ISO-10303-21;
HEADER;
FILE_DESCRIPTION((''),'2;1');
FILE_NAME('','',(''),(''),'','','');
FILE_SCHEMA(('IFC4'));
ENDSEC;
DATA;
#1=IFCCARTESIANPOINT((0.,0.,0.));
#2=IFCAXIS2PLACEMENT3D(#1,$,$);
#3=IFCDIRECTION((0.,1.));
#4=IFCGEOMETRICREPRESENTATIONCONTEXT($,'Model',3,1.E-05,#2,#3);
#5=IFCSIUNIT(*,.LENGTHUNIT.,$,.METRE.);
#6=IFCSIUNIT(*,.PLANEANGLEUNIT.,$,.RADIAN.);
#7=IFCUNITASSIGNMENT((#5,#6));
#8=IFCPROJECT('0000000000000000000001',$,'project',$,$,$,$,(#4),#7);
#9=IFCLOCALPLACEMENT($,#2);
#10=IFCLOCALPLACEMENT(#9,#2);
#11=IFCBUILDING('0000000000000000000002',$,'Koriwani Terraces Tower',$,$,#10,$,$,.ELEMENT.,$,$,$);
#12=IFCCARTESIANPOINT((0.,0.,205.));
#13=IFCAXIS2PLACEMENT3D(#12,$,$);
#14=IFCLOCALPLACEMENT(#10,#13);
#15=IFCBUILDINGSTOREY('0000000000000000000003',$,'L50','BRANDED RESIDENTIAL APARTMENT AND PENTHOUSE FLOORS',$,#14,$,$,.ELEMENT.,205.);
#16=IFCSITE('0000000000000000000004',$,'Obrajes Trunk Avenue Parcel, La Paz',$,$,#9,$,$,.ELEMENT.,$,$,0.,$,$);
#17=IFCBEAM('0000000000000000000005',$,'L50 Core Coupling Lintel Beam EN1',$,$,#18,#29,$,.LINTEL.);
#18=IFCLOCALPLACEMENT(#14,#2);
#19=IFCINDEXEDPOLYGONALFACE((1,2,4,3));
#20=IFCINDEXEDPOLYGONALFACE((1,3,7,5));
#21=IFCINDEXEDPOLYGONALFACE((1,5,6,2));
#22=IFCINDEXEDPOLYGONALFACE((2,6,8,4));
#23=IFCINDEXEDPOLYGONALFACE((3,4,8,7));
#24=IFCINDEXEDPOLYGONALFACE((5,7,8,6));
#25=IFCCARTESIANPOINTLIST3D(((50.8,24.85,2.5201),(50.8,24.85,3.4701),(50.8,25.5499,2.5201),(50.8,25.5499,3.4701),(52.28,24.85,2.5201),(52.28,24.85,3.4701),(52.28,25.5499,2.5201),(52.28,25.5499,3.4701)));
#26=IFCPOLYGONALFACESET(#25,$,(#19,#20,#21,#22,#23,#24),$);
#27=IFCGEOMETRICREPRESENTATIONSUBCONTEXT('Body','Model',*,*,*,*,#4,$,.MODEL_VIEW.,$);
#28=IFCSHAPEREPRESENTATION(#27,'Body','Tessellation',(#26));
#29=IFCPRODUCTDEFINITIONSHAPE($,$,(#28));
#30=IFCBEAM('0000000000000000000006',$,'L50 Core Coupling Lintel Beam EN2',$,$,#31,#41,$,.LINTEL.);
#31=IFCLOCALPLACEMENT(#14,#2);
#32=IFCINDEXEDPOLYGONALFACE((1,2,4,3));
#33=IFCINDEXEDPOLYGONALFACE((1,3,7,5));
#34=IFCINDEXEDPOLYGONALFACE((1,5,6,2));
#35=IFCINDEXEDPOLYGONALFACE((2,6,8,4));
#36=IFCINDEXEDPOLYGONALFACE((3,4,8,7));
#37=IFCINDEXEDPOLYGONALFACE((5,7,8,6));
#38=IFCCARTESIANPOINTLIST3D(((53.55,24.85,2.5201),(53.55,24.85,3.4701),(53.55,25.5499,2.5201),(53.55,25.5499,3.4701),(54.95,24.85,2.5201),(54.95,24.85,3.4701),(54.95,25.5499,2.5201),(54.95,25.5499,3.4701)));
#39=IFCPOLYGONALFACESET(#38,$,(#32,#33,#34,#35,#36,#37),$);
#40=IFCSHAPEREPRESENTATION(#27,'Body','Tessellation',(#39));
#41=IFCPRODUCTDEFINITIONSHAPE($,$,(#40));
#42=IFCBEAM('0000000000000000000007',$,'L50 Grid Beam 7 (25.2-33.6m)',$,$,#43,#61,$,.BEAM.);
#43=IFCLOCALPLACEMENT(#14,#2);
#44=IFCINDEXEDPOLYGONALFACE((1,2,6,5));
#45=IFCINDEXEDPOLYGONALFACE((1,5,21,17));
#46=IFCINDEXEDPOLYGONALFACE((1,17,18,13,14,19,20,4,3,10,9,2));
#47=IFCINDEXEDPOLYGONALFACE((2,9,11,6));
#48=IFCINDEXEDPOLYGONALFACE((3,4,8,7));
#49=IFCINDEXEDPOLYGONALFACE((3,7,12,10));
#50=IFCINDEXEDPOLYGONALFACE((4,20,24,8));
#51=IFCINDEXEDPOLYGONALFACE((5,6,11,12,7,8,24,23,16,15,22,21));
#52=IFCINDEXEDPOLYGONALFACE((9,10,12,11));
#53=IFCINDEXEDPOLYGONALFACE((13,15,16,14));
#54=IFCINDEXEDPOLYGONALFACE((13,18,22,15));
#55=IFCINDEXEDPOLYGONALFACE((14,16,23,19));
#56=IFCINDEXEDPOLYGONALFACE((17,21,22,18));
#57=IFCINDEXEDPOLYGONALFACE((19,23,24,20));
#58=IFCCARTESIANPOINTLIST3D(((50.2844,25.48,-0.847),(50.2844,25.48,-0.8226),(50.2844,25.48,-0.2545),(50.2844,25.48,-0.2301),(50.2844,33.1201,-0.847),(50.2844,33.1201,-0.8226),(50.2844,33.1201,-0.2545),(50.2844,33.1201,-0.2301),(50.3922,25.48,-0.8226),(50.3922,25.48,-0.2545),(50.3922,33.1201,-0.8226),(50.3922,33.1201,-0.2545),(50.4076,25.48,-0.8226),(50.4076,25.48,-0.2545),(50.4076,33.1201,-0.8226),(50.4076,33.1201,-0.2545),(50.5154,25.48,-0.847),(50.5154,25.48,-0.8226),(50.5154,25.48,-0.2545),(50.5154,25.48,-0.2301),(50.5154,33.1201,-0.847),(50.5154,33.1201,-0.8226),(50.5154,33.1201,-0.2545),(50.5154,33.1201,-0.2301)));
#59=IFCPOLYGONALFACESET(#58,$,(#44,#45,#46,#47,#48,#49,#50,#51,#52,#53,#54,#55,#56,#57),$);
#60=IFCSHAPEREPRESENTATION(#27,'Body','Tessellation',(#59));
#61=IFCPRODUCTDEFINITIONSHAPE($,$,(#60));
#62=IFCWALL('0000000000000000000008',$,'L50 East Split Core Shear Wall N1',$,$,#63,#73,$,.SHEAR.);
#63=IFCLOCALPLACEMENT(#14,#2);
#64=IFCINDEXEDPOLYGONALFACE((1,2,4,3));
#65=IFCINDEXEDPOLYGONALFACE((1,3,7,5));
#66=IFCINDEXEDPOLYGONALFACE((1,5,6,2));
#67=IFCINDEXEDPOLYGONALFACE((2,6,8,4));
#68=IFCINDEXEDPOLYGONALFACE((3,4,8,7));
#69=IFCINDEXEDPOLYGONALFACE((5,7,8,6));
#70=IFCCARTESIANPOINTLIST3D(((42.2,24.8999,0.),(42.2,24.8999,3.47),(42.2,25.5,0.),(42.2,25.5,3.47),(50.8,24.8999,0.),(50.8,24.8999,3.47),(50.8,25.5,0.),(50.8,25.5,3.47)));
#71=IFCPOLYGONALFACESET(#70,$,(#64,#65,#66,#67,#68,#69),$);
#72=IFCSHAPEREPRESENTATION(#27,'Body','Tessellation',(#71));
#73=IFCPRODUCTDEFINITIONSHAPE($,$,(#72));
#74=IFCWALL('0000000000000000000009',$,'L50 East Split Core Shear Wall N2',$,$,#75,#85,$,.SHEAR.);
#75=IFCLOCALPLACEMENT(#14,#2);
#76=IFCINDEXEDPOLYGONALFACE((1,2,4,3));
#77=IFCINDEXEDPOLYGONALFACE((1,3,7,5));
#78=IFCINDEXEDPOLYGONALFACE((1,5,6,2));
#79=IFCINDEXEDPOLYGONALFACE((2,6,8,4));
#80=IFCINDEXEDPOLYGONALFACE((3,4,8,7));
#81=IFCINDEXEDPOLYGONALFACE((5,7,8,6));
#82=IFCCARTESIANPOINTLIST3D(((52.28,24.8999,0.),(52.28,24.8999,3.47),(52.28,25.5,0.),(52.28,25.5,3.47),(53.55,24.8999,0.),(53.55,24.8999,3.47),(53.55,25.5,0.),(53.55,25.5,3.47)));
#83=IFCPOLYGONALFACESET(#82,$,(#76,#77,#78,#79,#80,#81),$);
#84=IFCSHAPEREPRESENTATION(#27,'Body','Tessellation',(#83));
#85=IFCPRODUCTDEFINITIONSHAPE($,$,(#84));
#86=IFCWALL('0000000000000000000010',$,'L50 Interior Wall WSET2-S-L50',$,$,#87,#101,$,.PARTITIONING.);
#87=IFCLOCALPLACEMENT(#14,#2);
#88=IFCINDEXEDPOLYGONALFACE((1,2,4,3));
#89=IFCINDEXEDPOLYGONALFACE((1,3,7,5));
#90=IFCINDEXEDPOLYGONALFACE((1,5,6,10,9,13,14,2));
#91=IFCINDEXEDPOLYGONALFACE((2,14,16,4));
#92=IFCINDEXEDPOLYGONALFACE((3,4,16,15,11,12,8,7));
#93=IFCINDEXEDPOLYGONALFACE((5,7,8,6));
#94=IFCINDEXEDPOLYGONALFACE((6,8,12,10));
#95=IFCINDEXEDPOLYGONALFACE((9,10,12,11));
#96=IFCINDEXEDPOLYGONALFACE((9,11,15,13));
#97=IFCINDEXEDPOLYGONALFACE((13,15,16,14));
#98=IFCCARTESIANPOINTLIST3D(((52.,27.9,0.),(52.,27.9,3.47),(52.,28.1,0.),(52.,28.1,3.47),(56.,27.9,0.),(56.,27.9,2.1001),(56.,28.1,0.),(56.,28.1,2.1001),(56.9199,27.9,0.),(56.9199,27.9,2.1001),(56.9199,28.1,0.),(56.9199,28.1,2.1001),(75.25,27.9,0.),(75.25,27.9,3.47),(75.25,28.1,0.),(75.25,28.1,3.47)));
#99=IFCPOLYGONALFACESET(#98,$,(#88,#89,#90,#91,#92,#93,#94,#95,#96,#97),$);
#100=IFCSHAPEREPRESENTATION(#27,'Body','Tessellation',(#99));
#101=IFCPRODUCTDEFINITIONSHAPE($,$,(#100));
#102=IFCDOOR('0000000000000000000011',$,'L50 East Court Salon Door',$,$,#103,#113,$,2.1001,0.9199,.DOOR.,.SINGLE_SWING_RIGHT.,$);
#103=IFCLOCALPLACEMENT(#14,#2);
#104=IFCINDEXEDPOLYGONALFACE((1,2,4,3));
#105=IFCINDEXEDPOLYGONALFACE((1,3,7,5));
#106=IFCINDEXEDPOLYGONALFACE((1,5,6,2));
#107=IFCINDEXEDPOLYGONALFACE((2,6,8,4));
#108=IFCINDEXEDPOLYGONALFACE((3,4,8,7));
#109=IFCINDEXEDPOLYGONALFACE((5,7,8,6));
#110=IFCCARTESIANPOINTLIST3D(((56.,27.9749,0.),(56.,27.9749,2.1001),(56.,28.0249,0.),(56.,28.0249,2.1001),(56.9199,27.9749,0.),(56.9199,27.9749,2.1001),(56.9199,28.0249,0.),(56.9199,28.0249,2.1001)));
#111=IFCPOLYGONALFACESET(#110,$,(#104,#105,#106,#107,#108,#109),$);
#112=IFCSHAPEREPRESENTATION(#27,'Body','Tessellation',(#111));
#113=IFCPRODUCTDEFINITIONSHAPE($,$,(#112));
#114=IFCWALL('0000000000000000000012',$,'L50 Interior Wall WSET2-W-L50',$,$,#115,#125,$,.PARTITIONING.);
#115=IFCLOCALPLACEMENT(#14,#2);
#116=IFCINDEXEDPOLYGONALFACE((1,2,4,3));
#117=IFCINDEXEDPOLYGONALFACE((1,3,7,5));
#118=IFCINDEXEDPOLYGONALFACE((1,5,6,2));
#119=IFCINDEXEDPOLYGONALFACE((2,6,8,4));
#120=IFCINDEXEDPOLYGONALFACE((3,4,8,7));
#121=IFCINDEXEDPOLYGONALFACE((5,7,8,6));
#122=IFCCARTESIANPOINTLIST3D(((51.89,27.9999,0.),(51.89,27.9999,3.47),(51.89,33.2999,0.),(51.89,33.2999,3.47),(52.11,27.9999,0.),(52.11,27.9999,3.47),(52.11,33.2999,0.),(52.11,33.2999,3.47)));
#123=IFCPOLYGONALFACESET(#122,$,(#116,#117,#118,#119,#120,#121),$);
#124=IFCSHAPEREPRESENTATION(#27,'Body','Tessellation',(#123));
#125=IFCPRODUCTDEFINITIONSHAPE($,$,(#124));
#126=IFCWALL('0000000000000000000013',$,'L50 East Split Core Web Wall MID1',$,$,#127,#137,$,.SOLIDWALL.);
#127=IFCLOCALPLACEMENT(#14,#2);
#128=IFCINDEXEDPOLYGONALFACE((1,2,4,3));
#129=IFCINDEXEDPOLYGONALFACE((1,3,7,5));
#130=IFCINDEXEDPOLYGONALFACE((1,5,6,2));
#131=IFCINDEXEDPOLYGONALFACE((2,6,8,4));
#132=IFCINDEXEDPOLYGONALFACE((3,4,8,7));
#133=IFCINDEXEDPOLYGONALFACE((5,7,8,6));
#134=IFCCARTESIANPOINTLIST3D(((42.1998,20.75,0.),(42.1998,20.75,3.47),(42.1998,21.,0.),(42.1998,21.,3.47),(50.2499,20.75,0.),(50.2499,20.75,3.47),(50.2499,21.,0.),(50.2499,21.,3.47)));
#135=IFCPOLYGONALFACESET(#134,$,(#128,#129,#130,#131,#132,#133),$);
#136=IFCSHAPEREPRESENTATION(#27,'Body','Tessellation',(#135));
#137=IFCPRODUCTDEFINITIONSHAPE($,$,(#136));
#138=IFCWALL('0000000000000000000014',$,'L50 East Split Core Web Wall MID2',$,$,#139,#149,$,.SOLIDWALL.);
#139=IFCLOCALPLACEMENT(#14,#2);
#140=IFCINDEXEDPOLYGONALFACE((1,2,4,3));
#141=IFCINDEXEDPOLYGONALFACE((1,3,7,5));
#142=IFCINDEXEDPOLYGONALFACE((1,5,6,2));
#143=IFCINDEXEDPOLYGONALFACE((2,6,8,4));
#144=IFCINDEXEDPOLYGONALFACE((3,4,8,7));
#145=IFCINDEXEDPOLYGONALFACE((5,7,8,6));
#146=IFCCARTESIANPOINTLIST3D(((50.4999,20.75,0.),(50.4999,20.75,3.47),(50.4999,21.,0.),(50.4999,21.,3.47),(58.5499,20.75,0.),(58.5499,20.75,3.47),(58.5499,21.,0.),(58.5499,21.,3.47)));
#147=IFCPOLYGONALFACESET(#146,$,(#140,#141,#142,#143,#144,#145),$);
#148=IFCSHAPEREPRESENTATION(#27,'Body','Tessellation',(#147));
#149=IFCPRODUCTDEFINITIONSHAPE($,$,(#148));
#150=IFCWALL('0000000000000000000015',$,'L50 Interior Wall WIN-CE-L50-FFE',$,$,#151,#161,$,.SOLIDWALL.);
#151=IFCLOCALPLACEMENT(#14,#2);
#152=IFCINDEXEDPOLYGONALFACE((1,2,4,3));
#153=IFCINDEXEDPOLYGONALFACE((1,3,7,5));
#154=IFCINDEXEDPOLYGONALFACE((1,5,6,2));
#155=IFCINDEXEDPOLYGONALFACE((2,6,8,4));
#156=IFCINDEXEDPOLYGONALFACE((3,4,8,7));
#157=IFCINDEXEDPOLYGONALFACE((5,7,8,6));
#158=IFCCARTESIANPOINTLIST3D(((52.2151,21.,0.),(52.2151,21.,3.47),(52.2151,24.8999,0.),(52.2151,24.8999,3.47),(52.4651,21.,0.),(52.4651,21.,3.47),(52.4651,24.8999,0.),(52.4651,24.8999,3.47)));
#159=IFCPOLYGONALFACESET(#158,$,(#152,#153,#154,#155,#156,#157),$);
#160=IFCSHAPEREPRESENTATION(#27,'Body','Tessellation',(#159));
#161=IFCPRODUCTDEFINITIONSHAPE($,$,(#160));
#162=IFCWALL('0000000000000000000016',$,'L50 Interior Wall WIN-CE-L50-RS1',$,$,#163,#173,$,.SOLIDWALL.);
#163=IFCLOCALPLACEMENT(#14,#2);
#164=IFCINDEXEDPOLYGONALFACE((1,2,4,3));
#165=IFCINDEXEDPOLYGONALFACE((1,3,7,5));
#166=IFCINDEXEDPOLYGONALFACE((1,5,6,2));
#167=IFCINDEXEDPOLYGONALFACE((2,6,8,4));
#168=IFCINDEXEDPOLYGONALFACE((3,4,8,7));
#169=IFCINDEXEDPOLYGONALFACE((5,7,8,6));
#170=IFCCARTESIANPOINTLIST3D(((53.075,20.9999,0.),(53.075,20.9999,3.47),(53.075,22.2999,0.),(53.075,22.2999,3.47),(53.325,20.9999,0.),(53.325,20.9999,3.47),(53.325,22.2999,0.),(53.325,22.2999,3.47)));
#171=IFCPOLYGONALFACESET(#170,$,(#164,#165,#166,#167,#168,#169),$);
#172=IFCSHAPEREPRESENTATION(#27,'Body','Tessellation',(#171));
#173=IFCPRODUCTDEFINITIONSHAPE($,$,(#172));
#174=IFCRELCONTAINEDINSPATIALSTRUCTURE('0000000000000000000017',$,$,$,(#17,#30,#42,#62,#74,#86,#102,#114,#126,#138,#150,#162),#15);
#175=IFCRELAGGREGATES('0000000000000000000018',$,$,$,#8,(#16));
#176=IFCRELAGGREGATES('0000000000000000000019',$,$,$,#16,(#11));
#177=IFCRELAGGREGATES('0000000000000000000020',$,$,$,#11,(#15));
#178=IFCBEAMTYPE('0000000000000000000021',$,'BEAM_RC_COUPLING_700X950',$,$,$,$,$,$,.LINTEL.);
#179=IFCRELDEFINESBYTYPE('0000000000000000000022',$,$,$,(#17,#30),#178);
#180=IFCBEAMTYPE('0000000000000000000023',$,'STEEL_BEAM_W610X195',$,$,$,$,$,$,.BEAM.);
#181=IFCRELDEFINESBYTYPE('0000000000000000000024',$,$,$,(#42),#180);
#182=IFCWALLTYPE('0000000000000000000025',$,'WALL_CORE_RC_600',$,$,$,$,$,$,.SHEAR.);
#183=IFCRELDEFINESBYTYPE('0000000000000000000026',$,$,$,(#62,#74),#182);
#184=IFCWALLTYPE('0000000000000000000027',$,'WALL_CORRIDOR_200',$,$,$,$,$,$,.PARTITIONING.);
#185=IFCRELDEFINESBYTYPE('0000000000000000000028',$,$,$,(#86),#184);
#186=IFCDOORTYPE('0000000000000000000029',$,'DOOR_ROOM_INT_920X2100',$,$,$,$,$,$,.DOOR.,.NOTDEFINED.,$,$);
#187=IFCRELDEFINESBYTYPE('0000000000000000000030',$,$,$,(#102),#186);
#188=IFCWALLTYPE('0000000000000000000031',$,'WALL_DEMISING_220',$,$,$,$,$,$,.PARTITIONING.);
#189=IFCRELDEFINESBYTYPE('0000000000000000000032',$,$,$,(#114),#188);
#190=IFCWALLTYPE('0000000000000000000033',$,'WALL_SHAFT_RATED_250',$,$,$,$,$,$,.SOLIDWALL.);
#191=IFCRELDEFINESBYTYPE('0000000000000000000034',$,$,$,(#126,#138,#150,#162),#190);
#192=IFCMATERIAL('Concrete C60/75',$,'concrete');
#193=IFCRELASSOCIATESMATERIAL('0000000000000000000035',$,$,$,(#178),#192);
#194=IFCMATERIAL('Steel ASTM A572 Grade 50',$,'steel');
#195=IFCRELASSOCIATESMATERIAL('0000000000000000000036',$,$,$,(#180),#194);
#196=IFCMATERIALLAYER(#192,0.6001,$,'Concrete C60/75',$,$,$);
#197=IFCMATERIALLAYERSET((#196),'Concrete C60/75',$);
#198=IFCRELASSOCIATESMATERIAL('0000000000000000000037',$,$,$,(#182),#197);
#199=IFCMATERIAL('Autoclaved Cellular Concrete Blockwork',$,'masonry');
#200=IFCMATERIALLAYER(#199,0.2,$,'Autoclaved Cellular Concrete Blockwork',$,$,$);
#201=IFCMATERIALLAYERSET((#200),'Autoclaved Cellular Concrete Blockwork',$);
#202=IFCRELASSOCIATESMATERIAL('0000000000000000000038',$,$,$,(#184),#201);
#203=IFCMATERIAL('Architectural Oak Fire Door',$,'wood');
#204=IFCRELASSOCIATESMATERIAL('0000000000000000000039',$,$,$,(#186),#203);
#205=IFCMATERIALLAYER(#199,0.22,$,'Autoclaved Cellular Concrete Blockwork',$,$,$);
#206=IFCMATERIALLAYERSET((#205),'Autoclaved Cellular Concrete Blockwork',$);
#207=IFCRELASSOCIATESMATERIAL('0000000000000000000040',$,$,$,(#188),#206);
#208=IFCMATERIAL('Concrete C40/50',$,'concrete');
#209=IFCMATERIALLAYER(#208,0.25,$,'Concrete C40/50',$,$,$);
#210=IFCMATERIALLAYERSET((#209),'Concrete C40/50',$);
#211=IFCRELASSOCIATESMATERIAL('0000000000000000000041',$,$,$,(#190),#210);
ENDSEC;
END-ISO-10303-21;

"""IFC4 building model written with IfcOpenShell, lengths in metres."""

from ifc_helpers import new_model, si_unit, direction, frame, frame_2d, origin, origin_2d, place, context, subcontext, project, spatial, rectangle, i_section, extrude, material, layer, layer_set, material_profile, profile_set, type_object, element, fill, save


model = new_model("IFC4")

# Units and contexts
model_context = context("Model", 3, precision=1e-05, world=origin(), true_north=direction((0.0, 1.0)))
body_context = subcontext(model_context, "Body", "Model", "MODEL_VIEW")
ifc_project = project(units=[si_unit("LENGTHUNIT", "METRE"), si_unit("PLANEANGLEUNIT", "RADIAN")], contexts=[model_context])

# Site, building, storey
site_placement = place(None, origin())
site = spatial("IfcSite", under=ifc_project, at=site_placement, Name="Obrajes Trunk Avenue Parcel, La Paz", CompositionType="ELEMENT", RefElevation=0.0)
building_placement = place(site_placement, origin())
building = spatial("IfcBuilding", under=site, at=building_placement, Name="Koriwani Terraces Tower", CompositionType="ELEMENT")
storey_placement = place(building_placement, frame((0.0, 0.0, 205.0)))
storey = spatial("IfcBuildingStorey", under=building, at=storey_placement, Name="L50", Description="BRANDED RESIDENTIAL APARTMENT AND PENTHOUSE FLOORS", CompositionType="ELEMENT", Elevation=205.0)

# Beams
ifc_material_1 = material(Name="Concrete C60/75", Category="concrete")
ifc_material_profile_1 = material_profile(ifc_material_1, rectangle(XDim=0.7, YDim=0.95, at=origin_2d()), Name="Concrete C60/75", Category="LoadBearing")
ifc_profile_set_1 = profile_set([ifc_material_profile_1], Name="Concrete C60/75")
beam_type_1 = type_object("IfcBeamType", Name="BEAM_RC_COUPLING_700X950", PredefinedType="LINTEL", material=ifc_profile_set_1)
beam_1_placement = place(storey_placement, frame((50.8, 25.2, 2.9951), z_axis=(1.0, 0.0, 0.0), x_axis=(0.0, 1.0, 0.0)))
element("IfcBeam", 1, at=beam_1_placement, inside=storey, type_object=beam_type_1, Name="L50 Core Coupling Lintel Beam EN1", PredefinedType="LINTEL", context=body_context, shape_type="SweptSolid", body=[
    extrude(rectangle(XDim=0.7, YDim=0.95, at=origin_2d()), origin(), (0.0, 0.0, 1.0), 1.48),
])
beam_2_placement = place(storey_placement, frame((53.55, 25.2, 2.9951), z_axis=(1.0, 0.0, 0.0), x_axis=(0.0, 1.0, 0.0)))
element("IfcBeam", 2, at=beam_2_placement, inside=storey, type_object=beam_type_1, Name="L50 Core Coupling Lintel Beam EN2", PredefinedType="LINTEL", context=body_context, shape_type="SweptSolid", body=[
    extrude(rectangle(XDim=0.7, YDim=0.95, at=origin_2d()), origin(), (0.0, 0.0, 1.0), 1.3999),
])
ifc_material_2 = material(Name="Steel ASTM A572 Grade 50", Category="steel")
ifc_material_profile_2 = material_profile(ifc_material_2, i_section(OverallWidth=0.231, OverallDepth=0.6169, WebThickness=0.0154, FlangeThickness=0.0244, at=origin_2d()), Name="Steel ASTM A572 Grade 50", Category="LoadBearing")
ifc_profile_set_2 = profile_set([ifc_material_profile_2], Name="Steel ASTM A572 Grade 50")
beam_type_2 = type_object("IfcBeamType", Name="STEEL_BEAM_W610X195", PredefinedType="BEAM", material=ifc_profile_set_2)
beam_3_placement = place(storey_placement, frame((50.3999, 25.48, -0.5386), z_axis=(0.0, 1.0, 0.0), x_axis=(-1.0, 0.0, 0.0)))
element("IfcBeam", 3, at=beam_3_placement, inside=storey, type_object=beam_type_2, Name="L50 Grid Beam 7 (25.2-33.6m)", PredefinedType="BEAM", context=body_context, shape_type="SweptSolid", body=[
    extrude(i_section(OverallWidth=0.231, OverallDepth=0.6169, WebThickness=0.0154, FlangeThickness=0.0244, at=origin_2d()), origin(), (0.0, 0.0, 1.0), 7.6401),
])

# Walls
ifc_layer_1 = layer(ifc_material_1, 0.6001, Name="Concrete C60/75")
ifc_layer_set_1 = layer_set([ifc_layer_1], Name="Concrete C60/75")
wall_type_1 = type_object("IfcWallType", Name="WALL_CORE_RC_600", PredefinedType="SHEAR", material=ifc_layer_set_1)
wall_1_placement = place(storey_placement, frame((42.2, 25.2, 0.0), z_axis=(0.0, 0.0, 1.0), x_axis=(1.0, 0.0, 0.0)))
element("IfcWall", 4, at=wall_1_placement, inside=storey, type_object=wall_type_1, Name="L50 East Split Core Shear Wall N1", PredefinedType="SHEAR", context=body_context, shape_type="SweptSolid", body=[
    extrude(rectangle(XDim=8.6001, YDim=0.6001, at=frame_2d((4.3, 0.0))), origin(), (0.0, 0.0, 1.0), 3.47),
])
wall_2_placement = place(storey_placement, frame((52.28, 25.2, 0.0), z_axis=(0.0, 0.0, 1.0), x_axis=(1.0, 0.0, 0.0)))
element("IfcWall", 5, at=wall_2_placement, inside=storey, type_object=wall_type_1, Name="L50 East Split Core Shear Wall N2", PredefinedType="SHEAR", context=body_context, shape_type="SweptSolid", body=[
    extrude(rectangle(XDim=1.27, YDim=0.6001, at=frame_2d((0.635, 0.0))), origin(), (0.0, 0.0, 1.0), 3.47),
])

# Wall, opening, door
ifc_material_3 = material(Name="Autoclaved Cellular Concrete Blockwork", Category="masonry")
ifc_layer_2 = layer(ifc_material_3, 0.2, Name="Autoclaved Cellular Concrete Blockwork")
ifc_layer_set_2 = layer_set([ifc_layer_2], Name="Autoclaved Cellular Concrete Blockwork")
wall_type_2 = type_object("IfcWallType", Name="WALL_CORRIDOR_200", PredefinedType="PARTITIONING", material=ifc_layer_set_2)
wall_3_placement = place(storey_placement, frame((52.0, 28.0, 0.0), z_axis=(0.0, 0.0, 1.0), x_axis=(1.0, 0.0, 0.0)))
wall_3 = element("IfcWall", 6, at=wall_3_placement, inside=storey, type_object=wall_type_2, Name="L50 Interior Wall WSET2-S-L50", PredefinedType="PARTITIONING", context=body_context, shape_type="SweptSolid", body=[
    extrude(rectangle(XDim=23.25, YDim=0.2, at=frame_2d((11.625, 0.0))), origin(), (0.0, 0.0, 1.0), 3.47),
])
opening_1_placement = place(wall_3_placement, frame((4.0, 0.0, 0.0)))
opening_1 = element("IfcOpeningElement", 7, at=opening_1_placement, cuts=wall_3, PredefinedType="OPENING", context=body_context, shape_type="SweptSolid", body=[
    extrude(rectangle(XDim=0.9199, YDim=2.1001, at=frame_2d((0.46, 1.05))), frame((0.0, 0.1099, 0.0), z_axis=(0.0, -1.0, 0.0), x_axis=(1.0, 0.0, 0.0)), (0.0, 0.0, 1.0), 0.22),
])
ifc_material_4 = material(Name="Architectural Oak Fire Door", Category="wood")
door_type_1 = type_object("IfcDoorType", Name="DOOR_ROOM_INT_920X2100", OperationType="NOTDEFINED", PredefinedType="DOOR", material=ifc_material_4)
door_1_placement = place(opening_1_placement, origin())
door_1 = element("IfcDoor", 8, at=door_1_placement, inside=storey, type_object=door_type_1, Name="L50 East Court Salon Door", OperationType="SINGLE_SWING_RIGHT", OverallHeight=2.1001, OverallWidth=0.9199, PredefinedType="DOOR", context=body_context, shape_type="SweptSolid", body=[
    extrude(rectangle(XDim=0.9199, YDim=2.1001, at=frame_2d((0.46, 1.05))), frame((0.0, 0.0249, 0.0), z_axis=(0.0, -1.0, 0.0), x_axis=(1.0, 0.0, 0.0)), (0.0, 0.0, 1.0), 0.05),
])
fill(opening_1, door_1)

# Walls
ifc_layer_3 = layer(ifc_material_3, 0.22, Name="Autoclaved Cellular Concrete Blockwork")
ifc_layer_set_3 = layer_set([ifc_layer_3], Name="Autoclaved Cellular Concrete Blockwork")
wall_type_3 = type_object("IfcWallType", Name="WALL_DEMISING_220", PredefinedType="PARTITIONING", material=ifc_layer_set_3)
wall_4_placement = place(storey_placement, frame((52.0, 28.0, 0.0), z_axis=(0.0, 0.0, 1.0), x_axis=(0.0, 1.0, 0.0)))
element("IfcWall", 9, at=wall_4_placement, inside=storey, type_object=wall_type_3, Name="L50 Interior Wall WSET2-W-L50", PredefinedType="PARTITIONING", context=body_context, shape_type="SweptSolid", body=[
    extrude(rectangle(XDim=5.3, YDim=0.22, at=frame_2d((2.6499, 0.0))), origin(), (0.0, 0.0, 1.0), 3.47),
])
ifc_material_5 = material(Name="Concrete C40/50", Category="concrete")
ifc_layer_4 = layer(ifc_material_5, 0.25, Name="Concrete C40/50")
ifc_layer_set_4 = layer_set([ifc_layer_4], Name="Concrete C40/50")
wall_type_4 = type_object("IfcWallType", Name="WALL_SHAFT_RATED_250", PredefinedType="SOLIDWALL", material=ifc_layer_set_4)
for number, where, z_axis, x_axis, name in (
    (10, (42.2, 20.875, 0.0), (0.0, 0.0, 1.0), (1.0, 0.0, 0.0), "L50 East Split Core Web Wall MID1"),
    (11, (50.5, 20.875, 0.0), (0.0, 0.0, 1.0), (1.0, 0.0, 0.0), "L50 East Split Core Web Wall MID2"),
):
    element("IfcWall", number, at=place(storey_placement, frame(where, z_axis=z_axis, x_axis=x_axis)), inside=storey, type_object=wall_type_4, Name=name, PredefinedType="SOLIDWALL", context=body_context, shape_type="SweptSolid", body=[
        extrude(rectangle(XDim=8.05, YDim=0.25, at=frame_2d((4.0249, 0.0))), origin(), (0.0, 0.0, 1.0), 3.47),
    ])

# Wall
wall_5_placement = place(storey_placement, frame((52.3401, 21.0, 0.0), z_axis=(0.0, 0.0, 1.0), x_axis=(0.0, 1.0, 0.0)))
element("IfcWall", 12, at=wall_5_placement, inside=storey, type_object=wall_type_4, Name="L50 Interior Wall WIN-CE-L50-FFE", PredefinedType="SOLIDWALL", context=body_context, shape_type="SweptSolid", body=[
    extrude(rectangle(XDim=3.8999, YDim=0.25, at=frame_2d((1.95, 0.0))), origin(), (0.0, 0.0, 1.0), 3.47),
])

# Wall
wall_6_placement = place(storey_placement, frame((53.2, 21.0, 0.0), z_axis=(0.0, 0.0, 1.0), x_axis=(0.0, 1.0, 0.0)))
element("IfcWall", 13, at=wall_6_placement, inside=storey, type_object=wall_type_4, Name="L50 Interior Wall WIN-CE-L50-RS1", PredefinedType="SOLIDWALL", context=body_context, shape_type="SweptSolid", body=[
    extrude(rectangle(XDim=1.3, YDim=0.25, at=frame_2d((0.6499, 0.0))), origin(), (0.0, 0.0, 1.0), 3.47),
])

save(model, "model.ifc")
